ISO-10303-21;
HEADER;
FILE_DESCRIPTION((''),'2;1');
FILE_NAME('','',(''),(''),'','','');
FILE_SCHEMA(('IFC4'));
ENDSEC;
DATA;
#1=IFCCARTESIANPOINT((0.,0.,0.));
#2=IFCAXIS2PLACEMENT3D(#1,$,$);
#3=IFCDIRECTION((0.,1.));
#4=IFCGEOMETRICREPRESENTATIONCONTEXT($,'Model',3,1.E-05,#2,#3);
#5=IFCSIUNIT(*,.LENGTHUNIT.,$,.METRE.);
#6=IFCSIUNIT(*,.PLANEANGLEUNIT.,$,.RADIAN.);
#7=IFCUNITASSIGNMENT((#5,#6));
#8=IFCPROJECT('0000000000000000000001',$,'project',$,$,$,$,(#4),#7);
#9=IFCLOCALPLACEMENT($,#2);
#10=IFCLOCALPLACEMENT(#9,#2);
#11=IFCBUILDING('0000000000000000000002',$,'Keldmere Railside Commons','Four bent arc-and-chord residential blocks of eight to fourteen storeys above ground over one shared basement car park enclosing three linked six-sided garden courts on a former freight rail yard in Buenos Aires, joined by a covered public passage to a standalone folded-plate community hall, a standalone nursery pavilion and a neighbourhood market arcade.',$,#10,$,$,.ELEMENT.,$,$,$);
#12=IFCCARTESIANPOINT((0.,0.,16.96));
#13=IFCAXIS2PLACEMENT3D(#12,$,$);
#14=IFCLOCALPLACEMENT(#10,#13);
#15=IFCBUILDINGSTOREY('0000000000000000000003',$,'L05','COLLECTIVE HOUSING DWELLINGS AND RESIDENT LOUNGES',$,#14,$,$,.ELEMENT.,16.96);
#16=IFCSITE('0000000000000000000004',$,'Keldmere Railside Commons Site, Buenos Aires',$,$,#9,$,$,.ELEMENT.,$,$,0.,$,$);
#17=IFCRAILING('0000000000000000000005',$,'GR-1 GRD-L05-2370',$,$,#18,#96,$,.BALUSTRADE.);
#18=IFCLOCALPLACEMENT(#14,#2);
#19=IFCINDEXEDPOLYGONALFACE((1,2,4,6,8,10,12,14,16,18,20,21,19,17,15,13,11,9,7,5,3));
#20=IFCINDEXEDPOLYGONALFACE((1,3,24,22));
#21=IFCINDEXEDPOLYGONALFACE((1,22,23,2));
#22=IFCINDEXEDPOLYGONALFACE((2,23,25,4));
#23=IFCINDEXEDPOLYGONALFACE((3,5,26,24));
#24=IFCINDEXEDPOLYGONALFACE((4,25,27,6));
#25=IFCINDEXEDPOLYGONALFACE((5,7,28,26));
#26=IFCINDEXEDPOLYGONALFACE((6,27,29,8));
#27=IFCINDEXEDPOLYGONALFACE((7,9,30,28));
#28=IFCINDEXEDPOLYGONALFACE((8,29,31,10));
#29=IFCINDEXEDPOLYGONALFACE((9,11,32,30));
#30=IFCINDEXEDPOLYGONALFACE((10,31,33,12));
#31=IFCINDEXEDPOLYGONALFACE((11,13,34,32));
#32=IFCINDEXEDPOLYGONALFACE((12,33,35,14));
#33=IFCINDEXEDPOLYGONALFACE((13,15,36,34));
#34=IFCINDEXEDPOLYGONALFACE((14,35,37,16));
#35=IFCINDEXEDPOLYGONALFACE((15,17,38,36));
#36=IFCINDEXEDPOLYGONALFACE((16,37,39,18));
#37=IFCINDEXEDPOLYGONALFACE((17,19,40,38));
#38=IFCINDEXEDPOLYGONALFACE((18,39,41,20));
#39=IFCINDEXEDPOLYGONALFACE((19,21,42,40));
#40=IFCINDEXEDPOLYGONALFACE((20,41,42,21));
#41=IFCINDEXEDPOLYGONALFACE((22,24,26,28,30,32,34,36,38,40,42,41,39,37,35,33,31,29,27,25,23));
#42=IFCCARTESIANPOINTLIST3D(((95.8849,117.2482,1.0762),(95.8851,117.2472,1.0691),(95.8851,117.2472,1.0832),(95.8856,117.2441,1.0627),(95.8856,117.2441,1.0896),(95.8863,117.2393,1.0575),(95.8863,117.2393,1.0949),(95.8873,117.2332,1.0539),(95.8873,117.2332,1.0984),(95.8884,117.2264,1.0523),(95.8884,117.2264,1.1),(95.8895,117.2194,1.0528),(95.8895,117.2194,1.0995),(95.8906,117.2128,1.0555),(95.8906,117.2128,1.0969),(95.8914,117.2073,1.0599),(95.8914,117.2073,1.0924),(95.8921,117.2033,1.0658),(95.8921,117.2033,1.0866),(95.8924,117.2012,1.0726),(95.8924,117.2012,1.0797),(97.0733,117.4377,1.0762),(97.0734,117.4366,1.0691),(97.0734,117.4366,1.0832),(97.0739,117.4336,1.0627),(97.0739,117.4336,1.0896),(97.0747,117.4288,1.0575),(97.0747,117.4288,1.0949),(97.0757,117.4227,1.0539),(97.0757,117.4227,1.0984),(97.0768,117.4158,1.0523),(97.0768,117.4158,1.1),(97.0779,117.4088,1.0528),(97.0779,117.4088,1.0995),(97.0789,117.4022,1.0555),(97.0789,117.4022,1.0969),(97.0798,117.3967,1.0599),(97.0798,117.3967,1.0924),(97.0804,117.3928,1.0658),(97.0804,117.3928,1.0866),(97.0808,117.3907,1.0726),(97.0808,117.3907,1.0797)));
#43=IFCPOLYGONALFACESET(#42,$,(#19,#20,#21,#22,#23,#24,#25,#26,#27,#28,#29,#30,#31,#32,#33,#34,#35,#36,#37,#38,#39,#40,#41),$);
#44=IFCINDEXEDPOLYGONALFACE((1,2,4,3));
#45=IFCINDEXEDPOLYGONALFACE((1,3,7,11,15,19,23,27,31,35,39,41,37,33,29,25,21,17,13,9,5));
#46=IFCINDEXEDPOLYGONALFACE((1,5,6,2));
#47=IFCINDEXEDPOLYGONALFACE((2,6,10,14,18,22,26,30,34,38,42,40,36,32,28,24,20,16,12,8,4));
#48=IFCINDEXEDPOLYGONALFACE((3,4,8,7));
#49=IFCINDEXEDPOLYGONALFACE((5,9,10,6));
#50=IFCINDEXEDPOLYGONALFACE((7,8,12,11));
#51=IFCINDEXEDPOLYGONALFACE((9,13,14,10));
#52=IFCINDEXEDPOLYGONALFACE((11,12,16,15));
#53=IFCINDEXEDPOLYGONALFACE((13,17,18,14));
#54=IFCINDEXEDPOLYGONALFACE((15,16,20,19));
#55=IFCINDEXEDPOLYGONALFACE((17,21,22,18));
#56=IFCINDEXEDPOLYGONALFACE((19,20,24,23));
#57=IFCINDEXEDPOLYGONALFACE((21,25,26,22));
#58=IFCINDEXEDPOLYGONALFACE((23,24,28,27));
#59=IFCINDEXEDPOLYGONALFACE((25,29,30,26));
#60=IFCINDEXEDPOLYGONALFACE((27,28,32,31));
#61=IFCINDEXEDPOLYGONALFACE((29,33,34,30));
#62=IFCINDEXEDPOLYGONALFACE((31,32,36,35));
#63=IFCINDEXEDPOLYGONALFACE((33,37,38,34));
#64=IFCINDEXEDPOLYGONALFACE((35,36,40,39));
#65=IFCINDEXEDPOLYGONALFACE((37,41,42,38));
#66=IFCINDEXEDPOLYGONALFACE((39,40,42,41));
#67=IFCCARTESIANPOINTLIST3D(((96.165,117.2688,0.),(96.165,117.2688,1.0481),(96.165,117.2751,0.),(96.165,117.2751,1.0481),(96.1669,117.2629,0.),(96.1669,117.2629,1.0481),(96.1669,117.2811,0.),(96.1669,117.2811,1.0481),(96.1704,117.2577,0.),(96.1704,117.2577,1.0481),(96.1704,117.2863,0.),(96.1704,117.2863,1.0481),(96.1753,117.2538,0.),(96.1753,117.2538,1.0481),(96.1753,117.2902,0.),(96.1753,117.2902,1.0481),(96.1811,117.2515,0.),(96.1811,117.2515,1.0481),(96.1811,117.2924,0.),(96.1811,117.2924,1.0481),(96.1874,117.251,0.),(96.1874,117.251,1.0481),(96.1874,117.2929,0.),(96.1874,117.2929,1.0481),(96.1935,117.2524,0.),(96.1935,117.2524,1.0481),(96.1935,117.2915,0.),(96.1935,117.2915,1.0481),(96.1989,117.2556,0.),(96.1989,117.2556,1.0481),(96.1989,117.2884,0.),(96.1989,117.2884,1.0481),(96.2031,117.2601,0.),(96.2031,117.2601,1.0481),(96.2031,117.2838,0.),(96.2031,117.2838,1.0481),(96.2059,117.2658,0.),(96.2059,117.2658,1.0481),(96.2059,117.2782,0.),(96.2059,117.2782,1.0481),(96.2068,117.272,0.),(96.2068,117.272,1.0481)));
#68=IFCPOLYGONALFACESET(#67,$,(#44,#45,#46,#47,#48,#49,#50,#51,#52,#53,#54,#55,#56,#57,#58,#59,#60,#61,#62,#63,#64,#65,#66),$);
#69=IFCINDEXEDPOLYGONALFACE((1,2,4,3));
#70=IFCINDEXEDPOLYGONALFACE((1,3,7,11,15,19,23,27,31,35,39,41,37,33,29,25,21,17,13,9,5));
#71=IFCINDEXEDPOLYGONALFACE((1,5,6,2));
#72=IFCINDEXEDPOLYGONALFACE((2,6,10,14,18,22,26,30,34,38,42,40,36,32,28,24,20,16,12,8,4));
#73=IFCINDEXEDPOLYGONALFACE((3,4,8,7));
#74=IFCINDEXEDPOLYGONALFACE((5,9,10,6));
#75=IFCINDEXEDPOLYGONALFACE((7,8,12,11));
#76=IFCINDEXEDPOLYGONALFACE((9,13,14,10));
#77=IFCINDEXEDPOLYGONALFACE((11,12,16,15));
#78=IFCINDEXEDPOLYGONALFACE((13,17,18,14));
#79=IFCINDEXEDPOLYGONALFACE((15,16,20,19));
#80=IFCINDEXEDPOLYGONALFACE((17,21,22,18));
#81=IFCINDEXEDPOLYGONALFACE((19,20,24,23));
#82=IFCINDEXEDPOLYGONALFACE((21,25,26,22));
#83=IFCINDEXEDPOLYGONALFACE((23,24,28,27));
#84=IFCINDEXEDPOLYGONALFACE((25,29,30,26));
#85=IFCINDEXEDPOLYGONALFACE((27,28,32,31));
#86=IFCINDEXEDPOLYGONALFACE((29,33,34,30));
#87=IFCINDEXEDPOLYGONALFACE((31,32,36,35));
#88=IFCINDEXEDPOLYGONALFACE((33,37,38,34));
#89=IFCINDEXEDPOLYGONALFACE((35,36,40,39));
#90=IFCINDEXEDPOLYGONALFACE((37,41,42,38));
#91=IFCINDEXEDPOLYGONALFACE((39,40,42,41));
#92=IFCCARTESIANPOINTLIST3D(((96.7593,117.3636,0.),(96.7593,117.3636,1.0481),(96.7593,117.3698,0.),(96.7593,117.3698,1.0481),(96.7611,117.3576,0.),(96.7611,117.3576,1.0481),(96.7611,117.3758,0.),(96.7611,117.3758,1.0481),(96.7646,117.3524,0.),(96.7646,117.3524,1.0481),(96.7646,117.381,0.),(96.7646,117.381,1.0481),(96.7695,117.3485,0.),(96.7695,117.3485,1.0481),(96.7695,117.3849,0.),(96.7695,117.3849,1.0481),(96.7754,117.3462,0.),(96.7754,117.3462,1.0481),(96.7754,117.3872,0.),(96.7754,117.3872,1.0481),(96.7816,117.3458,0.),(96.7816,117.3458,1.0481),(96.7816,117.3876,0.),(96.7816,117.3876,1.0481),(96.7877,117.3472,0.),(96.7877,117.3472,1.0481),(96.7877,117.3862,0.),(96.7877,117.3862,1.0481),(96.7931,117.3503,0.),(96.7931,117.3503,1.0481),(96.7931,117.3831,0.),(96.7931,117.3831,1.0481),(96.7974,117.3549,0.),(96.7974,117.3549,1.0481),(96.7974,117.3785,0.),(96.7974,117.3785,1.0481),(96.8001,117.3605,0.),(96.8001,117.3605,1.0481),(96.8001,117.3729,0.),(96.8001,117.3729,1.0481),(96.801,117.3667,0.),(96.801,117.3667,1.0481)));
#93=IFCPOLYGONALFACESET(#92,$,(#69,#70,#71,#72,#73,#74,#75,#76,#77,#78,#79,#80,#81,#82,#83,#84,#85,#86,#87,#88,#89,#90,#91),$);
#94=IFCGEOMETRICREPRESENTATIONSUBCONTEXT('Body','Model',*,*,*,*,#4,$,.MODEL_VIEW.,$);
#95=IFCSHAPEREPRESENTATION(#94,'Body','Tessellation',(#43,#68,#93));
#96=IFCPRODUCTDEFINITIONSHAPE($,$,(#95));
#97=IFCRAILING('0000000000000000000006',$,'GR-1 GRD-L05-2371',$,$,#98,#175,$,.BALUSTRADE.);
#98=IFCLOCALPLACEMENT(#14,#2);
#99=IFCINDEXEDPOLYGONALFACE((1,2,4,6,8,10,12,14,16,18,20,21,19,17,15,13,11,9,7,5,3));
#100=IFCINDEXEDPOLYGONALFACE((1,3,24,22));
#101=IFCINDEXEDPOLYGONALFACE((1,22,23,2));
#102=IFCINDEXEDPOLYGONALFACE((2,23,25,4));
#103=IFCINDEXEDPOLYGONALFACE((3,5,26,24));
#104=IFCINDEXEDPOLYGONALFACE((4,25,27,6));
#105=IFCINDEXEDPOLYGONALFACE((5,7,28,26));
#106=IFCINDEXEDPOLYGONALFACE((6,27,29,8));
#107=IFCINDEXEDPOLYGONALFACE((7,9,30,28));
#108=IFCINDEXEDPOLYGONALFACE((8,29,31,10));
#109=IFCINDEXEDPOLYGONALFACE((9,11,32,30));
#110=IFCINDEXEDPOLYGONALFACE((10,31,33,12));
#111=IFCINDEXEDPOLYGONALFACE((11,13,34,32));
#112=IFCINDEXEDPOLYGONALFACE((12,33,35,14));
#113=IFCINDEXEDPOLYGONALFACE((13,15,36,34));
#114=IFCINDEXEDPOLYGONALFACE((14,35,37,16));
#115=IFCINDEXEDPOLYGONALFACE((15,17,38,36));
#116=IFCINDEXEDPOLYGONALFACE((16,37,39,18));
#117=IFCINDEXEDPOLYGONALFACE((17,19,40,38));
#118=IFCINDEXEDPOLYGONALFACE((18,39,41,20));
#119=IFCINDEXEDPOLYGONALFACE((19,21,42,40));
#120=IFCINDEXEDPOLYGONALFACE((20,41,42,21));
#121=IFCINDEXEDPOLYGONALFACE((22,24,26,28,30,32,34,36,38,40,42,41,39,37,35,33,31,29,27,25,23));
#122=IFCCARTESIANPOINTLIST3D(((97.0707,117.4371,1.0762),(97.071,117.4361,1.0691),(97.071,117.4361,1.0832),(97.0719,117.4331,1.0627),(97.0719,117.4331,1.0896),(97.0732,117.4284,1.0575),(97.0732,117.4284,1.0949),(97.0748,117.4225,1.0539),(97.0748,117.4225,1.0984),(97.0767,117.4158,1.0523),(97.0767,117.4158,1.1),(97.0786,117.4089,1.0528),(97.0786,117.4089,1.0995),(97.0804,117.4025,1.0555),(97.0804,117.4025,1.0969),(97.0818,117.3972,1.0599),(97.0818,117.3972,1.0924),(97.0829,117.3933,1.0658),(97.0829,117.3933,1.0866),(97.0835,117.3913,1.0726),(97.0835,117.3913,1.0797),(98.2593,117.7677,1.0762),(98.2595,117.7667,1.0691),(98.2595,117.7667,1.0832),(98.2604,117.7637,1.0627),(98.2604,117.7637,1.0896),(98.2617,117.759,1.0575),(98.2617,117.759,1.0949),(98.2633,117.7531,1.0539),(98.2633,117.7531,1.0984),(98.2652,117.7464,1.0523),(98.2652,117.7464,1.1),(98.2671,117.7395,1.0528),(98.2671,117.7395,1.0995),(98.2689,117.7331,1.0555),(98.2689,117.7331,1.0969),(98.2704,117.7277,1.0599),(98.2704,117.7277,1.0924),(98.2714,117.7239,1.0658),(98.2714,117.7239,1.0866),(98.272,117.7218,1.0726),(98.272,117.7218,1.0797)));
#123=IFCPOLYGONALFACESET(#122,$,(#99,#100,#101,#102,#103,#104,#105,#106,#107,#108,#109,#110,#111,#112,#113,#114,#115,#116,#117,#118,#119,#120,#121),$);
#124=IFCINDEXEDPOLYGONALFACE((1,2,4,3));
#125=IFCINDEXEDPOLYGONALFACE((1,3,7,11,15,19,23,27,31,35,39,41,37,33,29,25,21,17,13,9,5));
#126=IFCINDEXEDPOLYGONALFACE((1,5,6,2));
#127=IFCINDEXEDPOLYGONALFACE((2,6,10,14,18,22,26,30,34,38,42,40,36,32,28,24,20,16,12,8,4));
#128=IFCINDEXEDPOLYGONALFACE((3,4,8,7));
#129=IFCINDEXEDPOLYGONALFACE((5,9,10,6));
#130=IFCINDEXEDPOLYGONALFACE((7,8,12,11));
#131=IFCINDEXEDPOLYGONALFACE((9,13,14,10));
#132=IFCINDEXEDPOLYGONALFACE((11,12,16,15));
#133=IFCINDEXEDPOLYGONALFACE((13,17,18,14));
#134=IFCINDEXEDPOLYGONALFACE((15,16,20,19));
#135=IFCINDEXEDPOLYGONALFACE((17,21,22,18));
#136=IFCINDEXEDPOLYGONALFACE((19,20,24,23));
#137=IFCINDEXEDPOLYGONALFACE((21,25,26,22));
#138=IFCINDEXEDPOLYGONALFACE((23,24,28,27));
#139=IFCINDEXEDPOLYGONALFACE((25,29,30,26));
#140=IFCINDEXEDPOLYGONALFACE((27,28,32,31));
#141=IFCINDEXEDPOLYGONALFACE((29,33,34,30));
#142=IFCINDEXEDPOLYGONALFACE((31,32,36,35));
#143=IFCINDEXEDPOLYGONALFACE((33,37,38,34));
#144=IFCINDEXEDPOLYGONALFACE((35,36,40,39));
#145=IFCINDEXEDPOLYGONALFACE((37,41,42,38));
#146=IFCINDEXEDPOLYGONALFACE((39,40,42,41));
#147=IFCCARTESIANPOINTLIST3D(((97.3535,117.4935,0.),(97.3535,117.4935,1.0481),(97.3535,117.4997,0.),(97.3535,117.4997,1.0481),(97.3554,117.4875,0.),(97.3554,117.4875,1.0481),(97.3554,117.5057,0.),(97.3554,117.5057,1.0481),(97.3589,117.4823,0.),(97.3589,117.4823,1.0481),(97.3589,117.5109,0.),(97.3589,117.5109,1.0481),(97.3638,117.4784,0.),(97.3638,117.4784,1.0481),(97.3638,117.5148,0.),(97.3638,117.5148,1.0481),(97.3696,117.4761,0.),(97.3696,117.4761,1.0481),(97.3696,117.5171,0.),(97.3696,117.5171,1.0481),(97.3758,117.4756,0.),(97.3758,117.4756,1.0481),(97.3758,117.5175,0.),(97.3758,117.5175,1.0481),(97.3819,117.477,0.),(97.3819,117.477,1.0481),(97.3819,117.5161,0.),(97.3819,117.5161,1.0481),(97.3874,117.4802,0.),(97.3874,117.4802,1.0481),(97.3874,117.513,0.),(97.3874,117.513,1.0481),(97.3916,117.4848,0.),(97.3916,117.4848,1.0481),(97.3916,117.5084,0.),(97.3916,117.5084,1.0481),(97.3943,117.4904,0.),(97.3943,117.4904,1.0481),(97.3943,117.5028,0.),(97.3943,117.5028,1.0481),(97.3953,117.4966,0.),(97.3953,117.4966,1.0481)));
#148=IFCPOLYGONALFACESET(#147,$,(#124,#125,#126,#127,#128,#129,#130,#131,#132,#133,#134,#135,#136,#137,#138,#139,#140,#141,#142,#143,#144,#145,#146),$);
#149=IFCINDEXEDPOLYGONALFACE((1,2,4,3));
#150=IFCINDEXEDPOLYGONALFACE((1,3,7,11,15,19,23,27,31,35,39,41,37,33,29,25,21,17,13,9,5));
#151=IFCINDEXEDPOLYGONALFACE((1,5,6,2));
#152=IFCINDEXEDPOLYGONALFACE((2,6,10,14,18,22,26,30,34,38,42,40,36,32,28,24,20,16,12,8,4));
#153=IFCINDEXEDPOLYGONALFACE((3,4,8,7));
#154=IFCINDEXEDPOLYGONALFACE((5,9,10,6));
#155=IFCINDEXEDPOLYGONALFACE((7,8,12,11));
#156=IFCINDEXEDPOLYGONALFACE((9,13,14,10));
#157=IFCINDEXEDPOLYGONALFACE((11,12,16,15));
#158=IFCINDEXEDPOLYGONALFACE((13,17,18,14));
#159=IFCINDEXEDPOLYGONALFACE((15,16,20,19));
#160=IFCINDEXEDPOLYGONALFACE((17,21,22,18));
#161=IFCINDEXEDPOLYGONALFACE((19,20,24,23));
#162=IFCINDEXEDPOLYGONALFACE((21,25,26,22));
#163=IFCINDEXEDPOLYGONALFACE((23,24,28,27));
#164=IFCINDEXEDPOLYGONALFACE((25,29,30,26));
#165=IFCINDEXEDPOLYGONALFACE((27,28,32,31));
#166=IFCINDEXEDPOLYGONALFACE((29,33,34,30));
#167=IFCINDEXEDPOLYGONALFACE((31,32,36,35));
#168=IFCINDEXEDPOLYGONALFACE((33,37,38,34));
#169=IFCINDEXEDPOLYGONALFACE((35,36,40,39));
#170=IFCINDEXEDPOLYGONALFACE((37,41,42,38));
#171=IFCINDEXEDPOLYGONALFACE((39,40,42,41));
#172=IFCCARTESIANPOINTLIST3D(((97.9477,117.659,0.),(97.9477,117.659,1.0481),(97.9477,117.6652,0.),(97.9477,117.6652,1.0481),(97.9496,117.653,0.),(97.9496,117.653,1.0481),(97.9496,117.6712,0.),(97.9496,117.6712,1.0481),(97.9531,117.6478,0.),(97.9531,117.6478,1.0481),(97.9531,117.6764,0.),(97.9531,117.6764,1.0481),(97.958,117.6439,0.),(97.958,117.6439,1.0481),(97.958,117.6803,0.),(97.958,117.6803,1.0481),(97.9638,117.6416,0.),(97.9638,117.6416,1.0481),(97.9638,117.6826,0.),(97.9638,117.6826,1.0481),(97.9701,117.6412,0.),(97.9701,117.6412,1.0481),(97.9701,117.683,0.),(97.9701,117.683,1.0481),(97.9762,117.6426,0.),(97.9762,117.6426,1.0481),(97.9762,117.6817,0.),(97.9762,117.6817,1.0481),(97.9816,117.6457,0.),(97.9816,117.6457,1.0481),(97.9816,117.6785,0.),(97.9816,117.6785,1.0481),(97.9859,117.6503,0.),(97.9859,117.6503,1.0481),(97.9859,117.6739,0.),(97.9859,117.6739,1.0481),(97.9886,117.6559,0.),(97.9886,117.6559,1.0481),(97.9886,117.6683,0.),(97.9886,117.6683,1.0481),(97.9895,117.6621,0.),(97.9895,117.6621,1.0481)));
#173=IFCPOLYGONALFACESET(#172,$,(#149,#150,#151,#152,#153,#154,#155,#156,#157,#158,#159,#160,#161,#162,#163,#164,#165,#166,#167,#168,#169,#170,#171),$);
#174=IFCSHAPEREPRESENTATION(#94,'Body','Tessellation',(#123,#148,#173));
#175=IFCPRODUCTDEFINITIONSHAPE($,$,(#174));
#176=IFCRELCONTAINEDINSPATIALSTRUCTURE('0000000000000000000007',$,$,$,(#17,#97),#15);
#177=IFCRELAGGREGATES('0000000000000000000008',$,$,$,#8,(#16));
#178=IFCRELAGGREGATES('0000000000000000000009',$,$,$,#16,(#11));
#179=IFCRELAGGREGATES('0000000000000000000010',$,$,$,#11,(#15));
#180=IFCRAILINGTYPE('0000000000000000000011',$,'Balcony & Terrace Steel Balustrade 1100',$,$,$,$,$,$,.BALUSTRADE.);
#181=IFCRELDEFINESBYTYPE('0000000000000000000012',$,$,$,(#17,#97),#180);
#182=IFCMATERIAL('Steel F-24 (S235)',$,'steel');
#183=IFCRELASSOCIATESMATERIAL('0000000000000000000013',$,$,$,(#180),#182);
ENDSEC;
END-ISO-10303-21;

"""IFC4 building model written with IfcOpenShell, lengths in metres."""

from ifc_helpers import new_model, si_unit, direction, frame, origin, origin_2d, place, context, subcontext, project, spatial, circle, extrude, material, type_object, element, save


model = new_model("IFC4")

# Units and contexts
model_context = context("Model", 3, precision=1e-05, world=origin(), true_north=direction((0.0, 1.0)))
body_context = subcontext(model_context, "Body", "Model", "MODEL_VIEW")
ifc_project = project(units=[si_unit("LENGTHUNIT", "METRE"), si_unit("PLANEANGLEUNIT", "RADIAN")], contexts=[model_context])

# Site, building, storey
site_placement = place(None, origin())
site = spatial("IfcSite", under=ifc_project, at=site_placement, Name="Keldmere Railside Commons Site, Buenos Aires", CompositionType="ELEMENT", RefElevation=0.0)
building_placement = place(site_placement, origin())
building = spatial("IfcBuilding", under=site, at=building_placement, Name="Keldmere Railside Commons", Description="Four bent arc-and-chord residential blocks of eight to fourteen storeys above ground over one shared basement car park enclosing three linked six-sided garden courts on a former freight rail yard in Buenos Aires, joined by a covered public passage to a standalone folded-plate community hall, a standalone nursery pavilion and a neighbourhood market arcade.", CompositionType="ELEMENT")
storey_placement = place(building_placement, frame((0.0, 0.0, 16.96)))
storey = spatial("IfcBuildingStorey", under=building, at=storey_placement, Name="L05", Description="COLLECTIVE HOUSING DWELLINGS AND RESIDENT LOUNGES", CompositionType="ELEMENT", Elevation=16.96)

# Railings
ifc_material_1 = material(Name="Steel F-24 (S235)", Category="steel")
railing_type = type_object("IfcRailingType", Name="Balcony & Terrace Steel Balustrade 1100", PredefinedType="BALUSTRADE", material=ifc_material_1)
railing_1_placement = place(storey_placement, frame((95.8887, 117.2246, 0.0)))
element("IfcRailing", 1, at=railing_1_placement, inside=storey, type_object=railing_type, Name="GR-1 GRD-L05-2370", PredefinedType="BALUSTRADE", context=body_context, shape_type="SweptSolid", body=[
    extrude(circle(Radius=0.0239, at=origin_2d()), frame((0.0, 0.0, 1.0762), z_axis=(0.987532, 0.157421, 0.0), x_axis=(-0.157421, 0.987532, 0.0)), (0.0, 0.0, 1.0), 1.2034),
    extrude(circle(Radius=0.021, at=origin_2d()), frame((0.2971, 0.0474, 0.0)), (0.0, 0.0, 1.0), 1.0481),
    extrude(circle(Radius=0.021, at=origin_2d()), frame((0.8914, 0.1421, 0.0)), (0.0, 0.0, 1.0), 1.0481),
])
railing_2_placement = place(storey_placement, frame((97.0771, 117.4141, 0.0)))
element("IfcRailing", 2, at=railing_2_placement, inside=storey, type_object=railing_type, Name="GR-1 GRD-L05-2371", PredefinedType="BALUSTRADE", context=body_context, shape_type="SweptSolid", body=[
    extrude(circle(Radius=0.0239, at=origin_2d()), frame((0.0, 0.0, 1.0762), z_axis=(0.963427, 0.26797, 0.0), x_axis=(-0.26797, 0.963427, 0.0)), (0.0, 0.0, 1.0), 1.2336),
    extrude(circle(Radius=0.021, at=origin_2d()), frame((0.2971, 0.0825, 0.0)), (0.0, 0.0, 1.0), 1.0481),
    extrude(circle(Radius=0.021, at=origin_2d()), frame((0.8914, 0.248, 0.0)), (0.0, 0.0, 1.0), 1.0481),
])

save(model, "model.ifc")
